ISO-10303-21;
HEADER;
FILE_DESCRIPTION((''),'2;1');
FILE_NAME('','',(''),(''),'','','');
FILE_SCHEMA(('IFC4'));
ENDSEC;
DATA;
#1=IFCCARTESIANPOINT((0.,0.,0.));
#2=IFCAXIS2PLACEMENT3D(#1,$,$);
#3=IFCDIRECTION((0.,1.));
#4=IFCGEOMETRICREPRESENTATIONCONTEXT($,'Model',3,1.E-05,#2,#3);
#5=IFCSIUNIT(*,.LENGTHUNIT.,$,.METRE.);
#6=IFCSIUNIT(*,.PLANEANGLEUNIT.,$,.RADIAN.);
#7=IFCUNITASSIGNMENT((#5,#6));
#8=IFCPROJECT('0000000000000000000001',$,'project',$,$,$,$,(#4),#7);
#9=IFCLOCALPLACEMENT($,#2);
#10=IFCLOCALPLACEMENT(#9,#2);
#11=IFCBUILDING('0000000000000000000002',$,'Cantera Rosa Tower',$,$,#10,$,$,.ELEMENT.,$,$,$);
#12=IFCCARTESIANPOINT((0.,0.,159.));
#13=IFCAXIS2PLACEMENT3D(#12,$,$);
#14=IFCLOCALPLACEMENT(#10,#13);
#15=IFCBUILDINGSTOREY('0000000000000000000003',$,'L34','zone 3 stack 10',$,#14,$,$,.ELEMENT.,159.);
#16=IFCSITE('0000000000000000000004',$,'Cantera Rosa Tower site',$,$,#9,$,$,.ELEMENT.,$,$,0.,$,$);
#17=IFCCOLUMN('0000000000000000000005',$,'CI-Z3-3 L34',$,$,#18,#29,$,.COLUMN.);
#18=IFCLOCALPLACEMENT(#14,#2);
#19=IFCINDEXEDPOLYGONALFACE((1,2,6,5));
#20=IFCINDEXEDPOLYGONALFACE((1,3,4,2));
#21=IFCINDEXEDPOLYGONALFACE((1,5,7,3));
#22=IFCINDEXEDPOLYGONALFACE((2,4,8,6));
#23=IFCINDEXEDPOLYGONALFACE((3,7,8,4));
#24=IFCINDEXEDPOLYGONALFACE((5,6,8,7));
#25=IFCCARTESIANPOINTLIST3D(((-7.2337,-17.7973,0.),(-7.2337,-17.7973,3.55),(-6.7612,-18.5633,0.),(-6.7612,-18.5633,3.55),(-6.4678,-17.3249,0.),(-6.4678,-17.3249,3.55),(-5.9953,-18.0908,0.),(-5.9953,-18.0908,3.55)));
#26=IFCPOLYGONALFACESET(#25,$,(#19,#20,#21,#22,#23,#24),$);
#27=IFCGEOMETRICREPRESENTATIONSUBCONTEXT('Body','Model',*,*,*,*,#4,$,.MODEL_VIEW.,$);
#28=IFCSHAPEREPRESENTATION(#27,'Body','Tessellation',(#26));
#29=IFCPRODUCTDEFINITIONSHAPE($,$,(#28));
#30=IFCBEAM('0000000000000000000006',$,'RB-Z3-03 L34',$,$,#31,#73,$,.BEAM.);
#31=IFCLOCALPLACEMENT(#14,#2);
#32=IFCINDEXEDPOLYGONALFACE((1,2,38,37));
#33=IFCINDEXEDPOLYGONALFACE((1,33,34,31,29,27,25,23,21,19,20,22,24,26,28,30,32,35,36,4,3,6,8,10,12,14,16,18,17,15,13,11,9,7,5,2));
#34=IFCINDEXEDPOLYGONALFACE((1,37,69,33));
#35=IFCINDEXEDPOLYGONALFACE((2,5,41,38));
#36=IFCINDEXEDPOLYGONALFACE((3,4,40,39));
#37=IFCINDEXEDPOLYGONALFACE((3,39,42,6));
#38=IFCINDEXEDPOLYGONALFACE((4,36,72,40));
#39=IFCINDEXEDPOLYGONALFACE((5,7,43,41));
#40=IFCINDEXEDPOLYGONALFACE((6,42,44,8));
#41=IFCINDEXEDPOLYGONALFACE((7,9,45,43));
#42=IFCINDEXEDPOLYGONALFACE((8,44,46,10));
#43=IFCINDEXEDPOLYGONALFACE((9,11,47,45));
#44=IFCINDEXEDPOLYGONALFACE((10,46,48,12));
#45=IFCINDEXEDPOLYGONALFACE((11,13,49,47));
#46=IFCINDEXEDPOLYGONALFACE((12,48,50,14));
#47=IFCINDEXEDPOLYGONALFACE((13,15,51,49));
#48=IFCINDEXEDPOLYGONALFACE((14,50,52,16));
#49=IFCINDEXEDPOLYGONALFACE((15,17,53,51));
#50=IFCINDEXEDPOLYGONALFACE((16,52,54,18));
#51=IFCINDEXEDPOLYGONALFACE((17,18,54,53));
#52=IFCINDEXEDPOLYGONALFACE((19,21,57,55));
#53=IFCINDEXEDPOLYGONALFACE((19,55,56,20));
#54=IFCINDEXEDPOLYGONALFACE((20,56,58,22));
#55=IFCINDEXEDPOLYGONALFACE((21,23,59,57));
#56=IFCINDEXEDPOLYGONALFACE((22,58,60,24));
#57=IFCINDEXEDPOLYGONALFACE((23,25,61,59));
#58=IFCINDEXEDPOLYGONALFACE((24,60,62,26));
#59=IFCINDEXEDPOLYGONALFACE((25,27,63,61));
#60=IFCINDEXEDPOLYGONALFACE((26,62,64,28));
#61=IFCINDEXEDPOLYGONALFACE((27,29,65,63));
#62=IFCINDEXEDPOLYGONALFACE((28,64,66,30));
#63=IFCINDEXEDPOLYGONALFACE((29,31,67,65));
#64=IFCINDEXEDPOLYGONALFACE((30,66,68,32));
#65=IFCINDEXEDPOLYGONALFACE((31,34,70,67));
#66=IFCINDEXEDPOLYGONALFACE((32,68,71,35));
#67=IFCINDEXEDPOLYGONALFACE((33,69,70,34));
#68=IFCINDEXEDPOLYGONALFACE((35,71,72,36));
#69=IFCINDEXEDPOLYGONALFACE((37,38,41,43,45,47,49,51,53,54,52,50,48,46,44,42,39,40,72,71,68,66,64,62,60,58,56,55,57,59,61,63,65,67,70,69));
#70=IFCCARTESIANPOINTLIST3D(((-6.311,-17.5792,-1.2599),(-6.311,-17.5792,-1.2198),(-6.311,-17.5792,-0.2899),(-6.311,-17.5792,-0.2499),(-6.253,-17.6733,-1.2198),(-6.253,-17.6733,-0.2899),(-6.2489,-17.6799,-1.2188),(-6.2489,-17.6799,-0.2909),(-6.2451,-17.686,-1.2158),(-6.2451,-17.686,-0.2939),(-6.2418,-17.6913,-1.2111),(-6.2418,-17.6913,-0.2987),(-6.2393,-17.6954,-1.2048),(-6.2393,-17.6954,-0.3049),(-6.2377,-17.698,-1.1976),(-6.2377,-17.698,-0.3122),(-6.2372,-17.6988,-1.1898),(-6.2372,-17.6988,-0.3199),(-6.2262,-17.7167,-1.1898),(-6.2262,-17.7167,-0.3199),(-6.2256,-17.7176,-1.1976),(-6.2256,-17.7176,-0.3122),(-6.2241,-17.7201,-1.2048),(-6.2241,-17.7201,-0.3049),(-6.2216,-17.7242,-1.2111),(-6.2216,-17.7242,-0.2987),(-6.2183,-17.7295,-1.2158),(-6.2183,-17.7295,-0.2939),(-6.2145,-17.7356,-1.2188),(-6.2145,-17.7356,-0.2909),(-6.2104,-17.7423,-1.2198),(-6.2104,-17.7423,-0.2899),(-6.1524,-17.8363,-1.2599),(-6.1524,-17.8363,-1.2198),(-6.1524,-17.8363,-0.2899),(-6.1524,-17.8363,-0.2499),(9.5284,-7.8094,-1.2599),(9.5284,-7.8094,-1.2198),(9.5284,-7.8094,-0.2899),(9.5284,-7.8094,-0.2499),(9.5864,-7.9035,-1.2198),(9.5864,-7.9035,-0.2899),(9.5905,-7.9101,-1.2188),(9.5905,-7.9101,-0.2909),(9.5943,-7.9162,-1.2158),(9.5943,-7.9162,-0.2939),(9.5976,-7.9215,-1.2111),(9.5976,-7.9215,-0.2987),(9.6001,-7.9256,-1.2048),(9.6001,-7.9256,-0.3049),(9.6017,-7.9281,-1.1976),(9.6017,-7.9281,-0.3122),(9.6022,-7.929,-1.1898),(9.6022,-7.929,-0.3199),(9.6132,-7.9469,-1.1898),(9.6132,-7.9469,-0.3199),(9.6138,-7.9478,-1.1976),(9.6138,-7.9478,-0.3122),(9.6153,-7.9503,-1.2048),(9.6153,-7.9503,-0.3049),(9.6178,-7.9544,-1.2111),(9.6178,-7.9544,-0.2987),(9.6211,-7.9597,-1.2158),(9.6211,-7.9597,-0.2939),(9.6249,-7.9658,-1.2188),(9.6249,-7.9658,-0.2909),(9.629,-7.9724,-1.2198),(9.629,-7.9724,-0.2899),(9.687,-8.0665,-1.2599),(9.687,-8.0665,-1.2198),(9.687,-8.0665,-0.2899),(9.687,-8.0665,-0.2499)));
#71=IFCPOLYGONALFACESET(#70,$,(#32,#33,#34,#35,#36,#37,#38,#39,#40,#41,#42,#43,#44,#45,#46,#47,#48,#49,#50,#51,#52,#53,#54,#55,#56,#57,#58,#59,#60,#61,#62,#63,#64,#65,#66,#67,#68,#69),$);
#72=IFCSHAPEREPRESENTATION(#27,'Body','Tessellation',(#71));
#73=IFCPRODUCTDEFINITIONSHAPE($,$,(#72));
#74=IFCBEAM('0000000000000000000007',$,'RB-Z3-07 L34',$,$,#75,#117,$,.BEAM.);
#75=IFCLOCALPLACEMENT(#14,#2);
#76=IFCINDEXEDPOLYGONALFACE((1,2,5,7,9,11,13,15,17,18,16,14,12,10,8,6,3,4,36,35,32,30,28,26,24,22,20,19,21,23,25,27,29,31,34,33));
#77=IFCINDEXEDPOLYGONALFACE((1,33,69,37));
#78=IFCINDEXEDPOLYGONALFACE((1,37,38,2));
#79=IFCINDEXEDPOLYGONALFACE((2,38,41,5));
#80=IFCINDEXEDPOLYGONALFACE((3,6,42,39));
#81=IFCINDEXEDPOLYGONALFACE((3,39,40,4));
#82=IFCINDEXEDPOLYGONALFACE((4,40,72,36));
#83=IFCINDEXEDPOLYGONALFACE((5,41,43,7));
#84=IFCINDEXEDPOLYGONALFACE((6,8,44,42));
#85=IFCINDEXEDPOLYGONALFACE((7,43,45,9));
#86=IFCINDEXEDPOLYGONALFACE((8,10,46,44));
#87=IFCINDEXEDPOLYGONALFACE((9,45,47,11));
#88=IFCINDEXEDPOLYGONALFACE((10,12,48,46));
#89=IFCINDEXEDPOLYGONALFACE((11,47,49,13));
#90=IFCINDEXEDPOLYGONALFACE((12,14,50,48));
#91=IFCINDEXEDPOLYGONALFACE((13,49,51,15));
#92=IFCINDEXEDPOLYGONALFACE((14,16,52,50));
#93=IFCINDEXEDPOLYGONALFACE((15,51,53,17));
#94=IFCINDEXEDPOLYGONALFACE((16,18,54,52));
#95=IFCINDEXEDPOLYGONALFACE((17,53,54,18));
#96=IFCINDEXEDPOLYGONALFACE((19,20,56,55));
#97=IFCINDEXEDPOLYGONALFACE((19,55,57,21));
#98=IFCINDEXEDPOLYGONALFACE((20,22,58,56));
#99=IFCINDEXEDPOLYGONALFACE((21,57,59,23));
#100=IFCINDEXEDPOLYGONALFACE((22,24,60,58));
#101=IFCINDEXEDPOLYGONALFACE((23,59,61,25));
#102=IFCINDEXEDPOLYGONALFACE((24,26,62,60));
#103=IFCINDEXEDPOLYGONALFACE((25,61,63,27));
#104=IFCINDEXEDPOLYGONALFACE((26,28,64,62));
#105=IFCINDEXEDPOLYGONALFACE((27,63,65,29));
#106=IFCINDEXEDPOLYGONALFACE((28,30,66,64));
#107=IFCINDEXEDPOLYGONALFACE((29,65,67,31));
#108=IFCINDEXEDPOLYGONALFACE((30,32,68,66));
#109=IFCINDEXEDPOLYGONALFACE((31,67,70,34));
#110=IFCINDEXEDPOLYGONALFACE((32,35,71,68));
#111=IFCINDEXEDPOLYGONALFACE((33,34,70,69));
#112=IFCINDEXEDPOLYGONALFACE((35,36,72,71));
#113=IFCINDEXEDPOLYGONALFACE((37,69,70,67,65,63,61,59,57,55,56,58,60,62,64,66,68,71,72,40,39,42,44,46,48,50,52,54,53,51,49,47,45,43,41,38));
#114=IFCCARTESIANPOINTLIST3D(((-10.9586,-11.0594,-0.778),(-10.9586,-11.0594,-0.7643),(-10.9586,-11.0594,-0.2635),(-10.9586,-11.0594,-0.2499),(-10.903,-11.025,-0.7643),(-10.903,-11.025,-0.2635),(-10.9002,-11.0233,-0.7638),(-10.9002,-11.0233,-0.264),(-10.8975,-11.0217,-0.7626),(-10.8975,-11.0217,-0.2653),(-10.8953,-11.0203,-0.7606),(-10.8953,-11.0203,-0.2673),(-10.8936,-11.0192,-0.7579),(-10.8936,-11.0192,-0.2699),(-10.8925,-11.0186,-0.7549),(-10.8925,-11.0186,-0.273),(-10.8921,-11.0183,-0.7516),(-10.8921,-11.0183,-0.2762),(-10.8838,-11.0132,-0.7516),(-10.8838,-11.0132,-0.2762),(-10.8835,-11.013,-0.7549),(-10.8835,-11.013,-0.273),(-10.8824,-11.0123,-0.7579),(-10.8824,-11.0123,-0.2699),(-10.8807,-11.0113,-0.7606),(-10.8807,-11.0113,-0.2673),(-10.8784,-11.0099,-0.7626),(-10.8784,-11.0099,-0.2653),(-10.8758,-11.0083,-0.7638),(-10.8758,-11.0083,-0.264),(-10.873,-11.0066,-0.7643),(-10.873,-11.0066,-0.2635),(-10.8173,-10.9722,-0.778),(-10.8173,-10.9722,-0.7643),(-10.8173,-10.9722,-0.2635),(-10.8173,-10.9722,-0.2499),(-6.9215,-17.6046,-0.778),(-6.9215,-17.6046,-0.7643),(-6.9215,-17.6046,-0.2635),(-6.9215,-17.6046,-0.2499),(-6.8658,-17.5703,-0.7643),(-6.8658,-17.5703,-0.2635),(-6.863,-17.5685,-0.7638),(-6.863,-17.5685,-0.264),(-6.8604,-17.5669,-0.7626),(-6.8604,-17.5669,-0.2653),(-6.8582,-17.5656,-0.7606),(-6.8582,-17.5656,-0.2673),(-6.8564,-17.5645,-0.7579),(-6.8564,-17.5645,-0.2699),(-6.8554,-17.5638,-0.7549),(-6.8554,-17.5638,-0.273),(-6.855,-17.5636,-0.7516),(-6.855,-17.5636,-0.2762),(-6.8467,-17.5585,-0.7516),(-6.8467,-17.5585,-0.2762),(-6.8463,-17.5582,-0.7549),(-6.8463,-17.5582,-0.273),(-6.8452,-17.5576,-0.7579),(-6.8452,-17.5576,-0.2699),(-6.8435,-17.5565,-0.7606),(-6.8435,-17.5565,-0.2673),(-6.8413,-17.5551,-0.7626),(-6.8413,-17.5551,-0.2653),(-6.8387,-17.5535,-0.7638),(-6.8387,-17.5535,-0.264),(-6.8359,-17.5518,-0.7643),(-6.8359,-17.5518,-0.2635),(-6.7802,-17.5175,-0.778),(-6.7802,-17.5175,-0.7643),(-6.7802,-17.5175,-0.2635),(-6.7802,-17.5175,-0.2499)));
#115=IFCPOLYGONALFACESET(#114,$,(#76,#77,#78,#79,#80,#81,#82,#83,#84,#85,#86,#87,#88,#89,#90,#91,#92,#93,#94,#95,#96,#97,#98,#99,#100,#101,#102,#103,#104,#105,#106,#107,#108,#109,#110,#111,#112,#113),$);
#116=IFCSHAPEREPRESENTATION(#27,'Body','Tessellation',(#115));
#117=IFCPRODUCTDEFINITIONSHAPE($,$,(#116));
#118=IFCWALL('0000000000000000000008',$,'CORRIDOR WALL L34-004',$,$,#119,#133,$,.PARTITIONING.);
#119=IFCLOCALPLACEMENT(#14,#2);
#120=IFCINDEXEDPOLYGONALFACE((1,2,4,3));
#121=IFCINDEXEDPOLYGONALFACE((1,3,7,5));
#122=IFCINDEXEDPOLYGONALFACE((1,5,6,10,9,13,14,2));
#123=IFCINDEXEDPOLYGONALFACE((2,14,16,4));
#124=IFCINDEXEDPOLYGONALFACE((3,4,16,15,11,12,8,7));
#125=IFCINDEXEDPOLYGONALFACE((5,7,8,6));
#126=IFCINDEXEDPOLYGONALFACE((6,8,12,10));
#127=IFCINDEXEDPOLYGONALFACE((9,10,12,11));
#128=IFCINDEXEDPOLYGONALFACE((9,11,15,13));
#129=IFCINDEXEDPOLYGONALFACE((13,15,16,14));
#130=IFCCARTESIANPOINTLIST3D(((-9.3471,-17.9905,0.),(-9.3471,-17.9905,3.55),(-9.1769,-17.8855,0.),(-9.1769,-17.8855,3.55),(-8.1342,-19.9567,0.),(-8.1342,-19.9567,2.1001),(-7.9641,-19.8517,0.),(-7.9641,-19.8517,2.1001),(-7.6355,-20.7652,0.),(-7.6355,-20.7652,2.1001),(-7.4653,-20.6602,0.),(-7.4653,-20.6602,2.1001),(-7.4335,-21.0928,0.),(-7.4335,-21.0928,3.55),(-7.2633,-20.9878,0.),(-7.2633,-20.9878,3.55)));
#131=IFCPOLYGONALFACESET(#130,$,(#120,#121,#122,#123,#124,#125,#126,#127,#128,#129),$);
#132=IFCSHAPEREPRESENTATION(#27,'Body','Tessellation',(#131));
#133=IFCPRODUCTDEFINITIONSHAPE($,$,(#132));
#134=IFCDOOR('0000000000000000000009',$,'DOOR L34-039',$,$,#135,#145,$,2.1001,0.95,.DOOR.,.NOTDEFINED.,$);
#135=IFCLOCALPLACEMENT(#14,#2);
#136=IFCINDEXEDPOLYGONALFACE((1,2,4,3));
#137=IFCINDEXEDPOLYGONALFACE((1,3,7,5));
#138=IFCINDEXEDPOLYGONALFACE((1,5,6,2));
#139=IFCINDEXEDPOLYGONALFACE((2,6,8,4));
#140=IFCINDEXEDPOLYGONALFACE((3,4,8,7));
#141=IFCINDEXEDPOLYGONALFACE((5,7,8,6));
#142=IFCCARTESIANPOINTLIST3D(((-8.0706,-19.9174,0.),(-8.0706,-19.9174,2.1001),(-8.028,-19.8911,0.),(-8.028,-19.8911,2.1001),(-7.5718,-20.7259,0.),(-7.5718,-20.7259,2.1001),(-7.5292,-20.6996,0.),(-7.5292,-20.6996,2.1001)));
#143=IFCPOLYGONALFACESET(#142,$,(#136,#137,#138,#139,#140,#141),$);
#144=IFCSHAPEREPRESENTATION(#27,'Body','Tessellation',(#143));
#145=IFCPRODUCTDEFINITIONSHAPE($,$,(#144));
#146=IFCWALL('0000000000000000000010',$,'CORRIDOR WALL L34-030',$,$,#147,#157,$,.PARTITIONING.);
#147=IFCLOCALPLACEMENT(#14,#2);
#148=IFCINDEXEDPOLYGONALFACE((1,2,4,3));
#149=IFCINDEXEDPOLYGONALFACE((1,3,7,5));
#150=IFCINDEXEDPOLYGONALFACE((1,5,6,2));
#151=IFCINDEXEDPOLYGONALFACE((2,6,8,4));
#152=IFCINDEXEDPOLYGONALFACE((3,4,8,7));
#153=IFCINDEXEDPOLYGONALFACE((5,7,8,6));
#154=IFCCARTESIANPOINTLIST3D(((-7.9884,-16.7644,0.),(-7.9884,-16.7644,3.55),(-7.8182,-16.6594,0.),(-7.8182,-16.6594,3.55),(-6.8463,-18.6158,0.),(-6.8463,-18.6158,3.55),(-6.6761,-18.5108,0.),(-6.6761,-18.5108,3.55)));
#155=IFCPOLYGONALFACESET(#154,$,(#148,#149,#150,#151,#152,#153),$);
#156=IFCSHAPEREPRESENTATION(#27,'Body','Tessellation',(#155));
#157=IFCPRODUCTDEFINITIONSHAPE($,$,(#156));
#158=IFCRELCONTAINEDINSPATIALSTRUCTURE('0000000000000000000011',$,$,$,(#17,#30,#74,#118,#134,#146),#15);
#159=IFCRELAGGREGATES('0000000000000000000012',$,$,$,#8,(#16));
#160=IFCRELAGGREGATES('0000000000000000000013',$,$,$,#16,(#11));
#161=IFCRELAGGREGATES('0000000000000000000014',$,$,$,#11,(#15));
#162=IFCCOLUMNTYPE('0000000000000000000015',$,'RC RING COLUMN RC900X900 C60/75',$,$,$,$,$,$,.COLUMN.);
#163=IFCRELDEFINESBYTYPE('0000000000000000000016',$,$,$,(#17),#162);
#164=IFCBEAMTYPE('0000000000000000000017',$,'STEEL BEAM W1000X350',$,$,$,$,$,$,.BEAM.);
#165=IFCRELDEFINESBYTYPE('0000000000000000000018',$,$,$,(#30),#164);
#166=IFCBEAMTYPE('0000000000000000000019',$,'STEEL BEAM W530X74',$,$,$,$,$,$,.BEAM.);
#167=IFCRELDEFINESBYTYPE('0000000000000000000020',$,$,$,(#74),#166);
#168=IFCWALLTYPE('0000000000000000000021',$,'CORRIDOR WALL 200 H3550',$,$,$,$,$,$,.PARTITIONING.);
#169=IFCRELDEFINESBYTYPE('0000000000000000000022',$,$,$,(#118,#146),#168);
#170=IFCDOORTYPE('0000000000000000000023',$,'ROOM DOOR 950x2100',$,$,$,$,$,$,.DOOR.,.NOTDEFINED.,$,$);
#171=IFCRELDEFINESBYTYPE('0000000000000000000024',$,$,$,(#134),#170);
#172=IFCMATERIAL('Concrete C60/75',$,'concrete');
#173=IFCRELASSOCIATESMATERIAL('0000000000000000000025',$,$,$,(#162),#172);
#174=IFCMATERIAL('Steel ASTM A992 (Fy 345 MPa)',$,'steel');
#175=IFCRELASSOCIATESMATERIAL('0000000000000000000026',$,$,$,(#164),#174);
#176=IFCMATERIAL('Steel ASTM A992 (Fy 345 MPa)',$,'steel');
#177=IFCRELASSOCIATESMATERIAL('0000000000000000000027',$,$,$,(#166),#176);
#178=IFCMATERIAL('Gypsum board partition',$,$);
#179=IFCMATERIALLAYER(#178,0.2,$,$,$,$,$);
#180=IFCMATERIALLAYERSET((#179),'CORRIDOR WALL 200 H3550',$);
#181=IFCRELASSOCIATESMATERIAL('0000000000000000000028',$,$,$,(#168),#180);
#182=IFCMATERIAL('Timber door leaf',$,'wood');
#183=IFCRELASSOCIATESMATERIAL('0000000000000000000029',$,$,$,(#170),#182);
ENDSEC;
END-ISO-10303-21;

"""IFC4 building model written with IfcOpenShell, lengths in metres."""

from ifc_helpers import new_model, si_unit, direction, frame, frame_2d, origin, origin_2d, place, context, subcontext, project, spatial, rectangle, i_section, extrude, material, layer, layer_set, material_profile, profile_set, type_object, element, fill, save


model = new_model("IFC4")

# Units and contexts
model_context = context("Model", 3, precision=1e-05, world=origin(), true_north=direction((0.0, 1.0)))
body_context = subcontext(model_context, "Body", "Model", "MODEL_VIEW")
ifc_project = project(units=[si_unit("LENGTHUNIT", "METRE"), si_unit("PLANEANGLEUNIT", "RADIAN")], contexts=[model_context])

# Site, building, storey
site_placement = place(None, origin())
site = spatial("IfcSite", under=ifc_project, at=site_placement, Name="Cantera Rosa Tower site", CompositionType="ELEMENT", RefElevation=0.0)
building_placement = place(site_placement, origin())
building = spatial("IfcBuilding", under=site, at=building_placement, Name="Cantera Rosa Tower", CompositionType="ELEMENT")
storey_placement = place(building_placement, frame((0.0, 0.0, 159.0)))
storey = spatial("IfcBuildingStorey", under=building, at=storey_placement, Name="L34", Description="zone 3 stack 10", CompositionType="ELEMENT", Elevation=159.0)

# Column
ifc_material_1 = material(Name="Concrete C60/75", Category="concrete")
ifc_material_profile_1 = material_profile(ifc_material_1, rectangle(XDim=0.8999, YDim=0.8999, at=origin_2d()), Name="RC RING COLUMN RC900X900 C60/75")
ifc_profile_set_1 = profile_set([ifc_material_profile_1], Name="Concrete C60/75")
column_type = type_object("IfcColumnType", Name="RC RING COLUMN RC900X900 C60/75", PredefinedType="COLUMN", material=ifc_profile_set_1)
column_placement = place(storey_placement, frame((-6.6145, -17.9441, 0.0), z_axis=(0.0, 0.0, 1.0), x_axis=(0.851117, 0.524977, 0.0)))
element("IfcColumn", 1, at=column_placement, inside=storey, type_object=column_type, Name="CI-Z3-3 L34", PredefinedType="COLUMN", context=body_context, shape_type="SweptSolid", body=[
    extrude(rectangle(XDim=0.8999, YDim=0.8999, at=origin_2d()), origin(), (0.0, 0.0, 1.0), 3.55),
])

# Beams
ifc_material_2 = material(Name="Steel ASTM A992 (Fy 345 MPa)", Category="steel")
ifc_material_profile_2 = material_profile(ifc_material_2, i_section(OverallWidth=0.302, OverallDepth=1.01, WebThickness=0.021, FlangeThickness=0.04, FilletRadius=0.03, at=origin_2d()), Name="W1000X350")
ifc_profile_set_2 = profile_set([ifc_material_profile_2], Name="Steel ASTM A992 (Fy 345 MPa)")
beam_type_1 = type_object("IfcBeamType", Name="STEEL BEAM W1000X350", PredefinedType="BEAM", material=ifc_profile_set_2)
beam_1_placement = place(storey_placement, frame((-6.2317, -17.7078, -0.7549), z_axis=(0.851119, 0.524973, 0.0), x_axis=(-0.524973, 0.851119, 0.0)))
element("IfcBeam", 2, at=beam_1_placement, inside=storey, type_object=beam_type_1, Name="RB-Z3-03 L34", PredefinedType="BEAM", context=body_context, shape_type="SweptSolid", body=[
    extrude(i_section(OverallWidth=0.302, OverallDepth=1.01, WebThickness=0.021, FlangeThickness=0.04, FilletRadius=0.03, at=origin_2d()), origin(), (0.0, 0.0, 1.0), 18.6101),
])
ifc_material_3 = material(Name="Steel ASTM A992 (Fy 345 MPa)", Category="steel")
ifc_material_profile_3 = material_profile(ifc_material_3, i_section(OverallWidth=0.166, OverallDepth=0.5281, WebThickness=0.0098, FlangeThickness=0.0137, FilletRadius=0.0127, at=origin_2d()), Name="W530X74")
ifc_profile_set_3 = profile_set([ifc_material_profile_3], Name="Steel ASTM A992 (Fy 345 MPa)")
beam_type_2 = type_object("IfcBeamType", Name="STEEL BEAM W530X74", PredefinedType="BEAM", material=ifc_profile_set_3)
beam_2_placement = place(storey_placement, frame((-6.8508, -17.561, -0.5139), z_axis=(-0.524976, 0.851117, 0.0), x_axis=(-0.851117, -0.524976, 0.0)))
element("IfcBeam", 3, at=beam_2_placement, inside=storey, type_object=beam_type_2, Name="RB-Z3-07 L34", PredefinedType="BEAM", context=body_context, shape_type="SweptSolid", body=[
    extrude(i_section(OverallWidth=0.166, OverallDepth=0.5281, WebThickness=0.0098, FlangeThickness=0.0137, FilletRadius=0.0127, at=origin_2d()), origin(), (0.0, 0.0, 1.0), 7.6902),
])

# Wall, opening, door
ifc_material_4 = material(Name="Gypsum board partition")
ifc_layer_1 = layer(ifc_material_4, 0.2)
ifc_layer_set_1 = layer_set([ifc_layer_1], Name="CORRIDOR WALL 200 H3550")
wall_type_1 = type_object("IfcWallType", Name="CORRIDOR WALL 200 H3550", PredefinedType="PARTITIONING", material=ifc_layer_set_1)
wall_1_placement = place(storey_placement, frame((-9.262, -17.938, 0.0), z_axis=(0.0, 0.0, 1.0), x_axis=(0.524987, -0.851111, 0.0)))
wall_1 = element("IfcWall", 4, at=wall_1_placement, inside=storey, type_object=wall_type_1, Name="CORRIDOR WALL L34-004", PredefinedType="PARTITIONING", context=body_context, shape_type="SweptSolid", body=[
    extrude(rectangle(XDim=3.645, YDim=0.2, at=frame_2d((1.8225, 0.0))), origin(), (0.0, 0.0, 1.0), 3.55),
])
opening_1_placement = place(wall_1_placement, frame((2.3101, 0.0, 0.0)))
opening_1 = element("IfcOpeningElement", 5, at=opening_1_placement, cuts=wall_1, PredefinedType="OPENING", context=body_context, shape_type="SweptSolid", body=[
    extrude(rectangle(XDim=0.95, YDim=2.1001, at=frame_2d((0.4751, 1.05))), frame((0.0, 0.1099, 0.0), z_axis=(0.0, -1.0, 0.0), x_axis=(1.0, 0.0, 0.0)), (0.0, 0.0, 1.0), 0.22),
])
ifc_material_5 = material(Name="Timber door leaf", Category="wood")
door_type_1 = type_object("IfcDoorType", Name="ROOM DOOR 950x2100", OperationType="NOTDEFINED", PredefinedType="DOOR", material=ifc_material_5)
door_1_placement = place(opening_1_placement, origin())
door_1 = element("IfcDoor", 6, at=door_1_placement, inside=storey, type_object=door_type_1, Name="DOOR L34-039", OperationType="NOTDEFINED", OverallHeight=2.1001, OverallWidth=0.95, PredefinedType="DOOR", context=body_context, shape_type="SweptSolid", body=[
    extrude(rectangle(XDim=0.95, YDim=2.1001, at=frame_2d((0.4751, 1.05))), frame((0.0, 0.0249, 0.0), z_axis=(0.0, -1.0, 0.0), x_axis=(1.0, 0.0, 0.0)), (0.0, 0.0, 1.0), 0.05),
])
fill(opening_1, door_1)

# Wall
wall_2_placement = place(storey_placement, frame((-7.9033, -16.7119, 0.0), z_axis=(0.0, 0.0, 1.0), x_axis=(0.525036, -0.85108, 0.0)))
element("IfcWall", 7, at=wall_2_placement, inside=storey, type_object=wall_type_1, Name="CORRIDOR WALL L34-030", PredefinedType="PARTITIONING", context=body_context, shape_type="SweptSolid", body=[
    extrude(rectangle(XDim=2.1753, YDim=0.2, at=frame_2d((1.0876, 0.0))), origin(), (0.0, 0.0, 1.0), 3.55),
])

save(model, "model.ifc")
